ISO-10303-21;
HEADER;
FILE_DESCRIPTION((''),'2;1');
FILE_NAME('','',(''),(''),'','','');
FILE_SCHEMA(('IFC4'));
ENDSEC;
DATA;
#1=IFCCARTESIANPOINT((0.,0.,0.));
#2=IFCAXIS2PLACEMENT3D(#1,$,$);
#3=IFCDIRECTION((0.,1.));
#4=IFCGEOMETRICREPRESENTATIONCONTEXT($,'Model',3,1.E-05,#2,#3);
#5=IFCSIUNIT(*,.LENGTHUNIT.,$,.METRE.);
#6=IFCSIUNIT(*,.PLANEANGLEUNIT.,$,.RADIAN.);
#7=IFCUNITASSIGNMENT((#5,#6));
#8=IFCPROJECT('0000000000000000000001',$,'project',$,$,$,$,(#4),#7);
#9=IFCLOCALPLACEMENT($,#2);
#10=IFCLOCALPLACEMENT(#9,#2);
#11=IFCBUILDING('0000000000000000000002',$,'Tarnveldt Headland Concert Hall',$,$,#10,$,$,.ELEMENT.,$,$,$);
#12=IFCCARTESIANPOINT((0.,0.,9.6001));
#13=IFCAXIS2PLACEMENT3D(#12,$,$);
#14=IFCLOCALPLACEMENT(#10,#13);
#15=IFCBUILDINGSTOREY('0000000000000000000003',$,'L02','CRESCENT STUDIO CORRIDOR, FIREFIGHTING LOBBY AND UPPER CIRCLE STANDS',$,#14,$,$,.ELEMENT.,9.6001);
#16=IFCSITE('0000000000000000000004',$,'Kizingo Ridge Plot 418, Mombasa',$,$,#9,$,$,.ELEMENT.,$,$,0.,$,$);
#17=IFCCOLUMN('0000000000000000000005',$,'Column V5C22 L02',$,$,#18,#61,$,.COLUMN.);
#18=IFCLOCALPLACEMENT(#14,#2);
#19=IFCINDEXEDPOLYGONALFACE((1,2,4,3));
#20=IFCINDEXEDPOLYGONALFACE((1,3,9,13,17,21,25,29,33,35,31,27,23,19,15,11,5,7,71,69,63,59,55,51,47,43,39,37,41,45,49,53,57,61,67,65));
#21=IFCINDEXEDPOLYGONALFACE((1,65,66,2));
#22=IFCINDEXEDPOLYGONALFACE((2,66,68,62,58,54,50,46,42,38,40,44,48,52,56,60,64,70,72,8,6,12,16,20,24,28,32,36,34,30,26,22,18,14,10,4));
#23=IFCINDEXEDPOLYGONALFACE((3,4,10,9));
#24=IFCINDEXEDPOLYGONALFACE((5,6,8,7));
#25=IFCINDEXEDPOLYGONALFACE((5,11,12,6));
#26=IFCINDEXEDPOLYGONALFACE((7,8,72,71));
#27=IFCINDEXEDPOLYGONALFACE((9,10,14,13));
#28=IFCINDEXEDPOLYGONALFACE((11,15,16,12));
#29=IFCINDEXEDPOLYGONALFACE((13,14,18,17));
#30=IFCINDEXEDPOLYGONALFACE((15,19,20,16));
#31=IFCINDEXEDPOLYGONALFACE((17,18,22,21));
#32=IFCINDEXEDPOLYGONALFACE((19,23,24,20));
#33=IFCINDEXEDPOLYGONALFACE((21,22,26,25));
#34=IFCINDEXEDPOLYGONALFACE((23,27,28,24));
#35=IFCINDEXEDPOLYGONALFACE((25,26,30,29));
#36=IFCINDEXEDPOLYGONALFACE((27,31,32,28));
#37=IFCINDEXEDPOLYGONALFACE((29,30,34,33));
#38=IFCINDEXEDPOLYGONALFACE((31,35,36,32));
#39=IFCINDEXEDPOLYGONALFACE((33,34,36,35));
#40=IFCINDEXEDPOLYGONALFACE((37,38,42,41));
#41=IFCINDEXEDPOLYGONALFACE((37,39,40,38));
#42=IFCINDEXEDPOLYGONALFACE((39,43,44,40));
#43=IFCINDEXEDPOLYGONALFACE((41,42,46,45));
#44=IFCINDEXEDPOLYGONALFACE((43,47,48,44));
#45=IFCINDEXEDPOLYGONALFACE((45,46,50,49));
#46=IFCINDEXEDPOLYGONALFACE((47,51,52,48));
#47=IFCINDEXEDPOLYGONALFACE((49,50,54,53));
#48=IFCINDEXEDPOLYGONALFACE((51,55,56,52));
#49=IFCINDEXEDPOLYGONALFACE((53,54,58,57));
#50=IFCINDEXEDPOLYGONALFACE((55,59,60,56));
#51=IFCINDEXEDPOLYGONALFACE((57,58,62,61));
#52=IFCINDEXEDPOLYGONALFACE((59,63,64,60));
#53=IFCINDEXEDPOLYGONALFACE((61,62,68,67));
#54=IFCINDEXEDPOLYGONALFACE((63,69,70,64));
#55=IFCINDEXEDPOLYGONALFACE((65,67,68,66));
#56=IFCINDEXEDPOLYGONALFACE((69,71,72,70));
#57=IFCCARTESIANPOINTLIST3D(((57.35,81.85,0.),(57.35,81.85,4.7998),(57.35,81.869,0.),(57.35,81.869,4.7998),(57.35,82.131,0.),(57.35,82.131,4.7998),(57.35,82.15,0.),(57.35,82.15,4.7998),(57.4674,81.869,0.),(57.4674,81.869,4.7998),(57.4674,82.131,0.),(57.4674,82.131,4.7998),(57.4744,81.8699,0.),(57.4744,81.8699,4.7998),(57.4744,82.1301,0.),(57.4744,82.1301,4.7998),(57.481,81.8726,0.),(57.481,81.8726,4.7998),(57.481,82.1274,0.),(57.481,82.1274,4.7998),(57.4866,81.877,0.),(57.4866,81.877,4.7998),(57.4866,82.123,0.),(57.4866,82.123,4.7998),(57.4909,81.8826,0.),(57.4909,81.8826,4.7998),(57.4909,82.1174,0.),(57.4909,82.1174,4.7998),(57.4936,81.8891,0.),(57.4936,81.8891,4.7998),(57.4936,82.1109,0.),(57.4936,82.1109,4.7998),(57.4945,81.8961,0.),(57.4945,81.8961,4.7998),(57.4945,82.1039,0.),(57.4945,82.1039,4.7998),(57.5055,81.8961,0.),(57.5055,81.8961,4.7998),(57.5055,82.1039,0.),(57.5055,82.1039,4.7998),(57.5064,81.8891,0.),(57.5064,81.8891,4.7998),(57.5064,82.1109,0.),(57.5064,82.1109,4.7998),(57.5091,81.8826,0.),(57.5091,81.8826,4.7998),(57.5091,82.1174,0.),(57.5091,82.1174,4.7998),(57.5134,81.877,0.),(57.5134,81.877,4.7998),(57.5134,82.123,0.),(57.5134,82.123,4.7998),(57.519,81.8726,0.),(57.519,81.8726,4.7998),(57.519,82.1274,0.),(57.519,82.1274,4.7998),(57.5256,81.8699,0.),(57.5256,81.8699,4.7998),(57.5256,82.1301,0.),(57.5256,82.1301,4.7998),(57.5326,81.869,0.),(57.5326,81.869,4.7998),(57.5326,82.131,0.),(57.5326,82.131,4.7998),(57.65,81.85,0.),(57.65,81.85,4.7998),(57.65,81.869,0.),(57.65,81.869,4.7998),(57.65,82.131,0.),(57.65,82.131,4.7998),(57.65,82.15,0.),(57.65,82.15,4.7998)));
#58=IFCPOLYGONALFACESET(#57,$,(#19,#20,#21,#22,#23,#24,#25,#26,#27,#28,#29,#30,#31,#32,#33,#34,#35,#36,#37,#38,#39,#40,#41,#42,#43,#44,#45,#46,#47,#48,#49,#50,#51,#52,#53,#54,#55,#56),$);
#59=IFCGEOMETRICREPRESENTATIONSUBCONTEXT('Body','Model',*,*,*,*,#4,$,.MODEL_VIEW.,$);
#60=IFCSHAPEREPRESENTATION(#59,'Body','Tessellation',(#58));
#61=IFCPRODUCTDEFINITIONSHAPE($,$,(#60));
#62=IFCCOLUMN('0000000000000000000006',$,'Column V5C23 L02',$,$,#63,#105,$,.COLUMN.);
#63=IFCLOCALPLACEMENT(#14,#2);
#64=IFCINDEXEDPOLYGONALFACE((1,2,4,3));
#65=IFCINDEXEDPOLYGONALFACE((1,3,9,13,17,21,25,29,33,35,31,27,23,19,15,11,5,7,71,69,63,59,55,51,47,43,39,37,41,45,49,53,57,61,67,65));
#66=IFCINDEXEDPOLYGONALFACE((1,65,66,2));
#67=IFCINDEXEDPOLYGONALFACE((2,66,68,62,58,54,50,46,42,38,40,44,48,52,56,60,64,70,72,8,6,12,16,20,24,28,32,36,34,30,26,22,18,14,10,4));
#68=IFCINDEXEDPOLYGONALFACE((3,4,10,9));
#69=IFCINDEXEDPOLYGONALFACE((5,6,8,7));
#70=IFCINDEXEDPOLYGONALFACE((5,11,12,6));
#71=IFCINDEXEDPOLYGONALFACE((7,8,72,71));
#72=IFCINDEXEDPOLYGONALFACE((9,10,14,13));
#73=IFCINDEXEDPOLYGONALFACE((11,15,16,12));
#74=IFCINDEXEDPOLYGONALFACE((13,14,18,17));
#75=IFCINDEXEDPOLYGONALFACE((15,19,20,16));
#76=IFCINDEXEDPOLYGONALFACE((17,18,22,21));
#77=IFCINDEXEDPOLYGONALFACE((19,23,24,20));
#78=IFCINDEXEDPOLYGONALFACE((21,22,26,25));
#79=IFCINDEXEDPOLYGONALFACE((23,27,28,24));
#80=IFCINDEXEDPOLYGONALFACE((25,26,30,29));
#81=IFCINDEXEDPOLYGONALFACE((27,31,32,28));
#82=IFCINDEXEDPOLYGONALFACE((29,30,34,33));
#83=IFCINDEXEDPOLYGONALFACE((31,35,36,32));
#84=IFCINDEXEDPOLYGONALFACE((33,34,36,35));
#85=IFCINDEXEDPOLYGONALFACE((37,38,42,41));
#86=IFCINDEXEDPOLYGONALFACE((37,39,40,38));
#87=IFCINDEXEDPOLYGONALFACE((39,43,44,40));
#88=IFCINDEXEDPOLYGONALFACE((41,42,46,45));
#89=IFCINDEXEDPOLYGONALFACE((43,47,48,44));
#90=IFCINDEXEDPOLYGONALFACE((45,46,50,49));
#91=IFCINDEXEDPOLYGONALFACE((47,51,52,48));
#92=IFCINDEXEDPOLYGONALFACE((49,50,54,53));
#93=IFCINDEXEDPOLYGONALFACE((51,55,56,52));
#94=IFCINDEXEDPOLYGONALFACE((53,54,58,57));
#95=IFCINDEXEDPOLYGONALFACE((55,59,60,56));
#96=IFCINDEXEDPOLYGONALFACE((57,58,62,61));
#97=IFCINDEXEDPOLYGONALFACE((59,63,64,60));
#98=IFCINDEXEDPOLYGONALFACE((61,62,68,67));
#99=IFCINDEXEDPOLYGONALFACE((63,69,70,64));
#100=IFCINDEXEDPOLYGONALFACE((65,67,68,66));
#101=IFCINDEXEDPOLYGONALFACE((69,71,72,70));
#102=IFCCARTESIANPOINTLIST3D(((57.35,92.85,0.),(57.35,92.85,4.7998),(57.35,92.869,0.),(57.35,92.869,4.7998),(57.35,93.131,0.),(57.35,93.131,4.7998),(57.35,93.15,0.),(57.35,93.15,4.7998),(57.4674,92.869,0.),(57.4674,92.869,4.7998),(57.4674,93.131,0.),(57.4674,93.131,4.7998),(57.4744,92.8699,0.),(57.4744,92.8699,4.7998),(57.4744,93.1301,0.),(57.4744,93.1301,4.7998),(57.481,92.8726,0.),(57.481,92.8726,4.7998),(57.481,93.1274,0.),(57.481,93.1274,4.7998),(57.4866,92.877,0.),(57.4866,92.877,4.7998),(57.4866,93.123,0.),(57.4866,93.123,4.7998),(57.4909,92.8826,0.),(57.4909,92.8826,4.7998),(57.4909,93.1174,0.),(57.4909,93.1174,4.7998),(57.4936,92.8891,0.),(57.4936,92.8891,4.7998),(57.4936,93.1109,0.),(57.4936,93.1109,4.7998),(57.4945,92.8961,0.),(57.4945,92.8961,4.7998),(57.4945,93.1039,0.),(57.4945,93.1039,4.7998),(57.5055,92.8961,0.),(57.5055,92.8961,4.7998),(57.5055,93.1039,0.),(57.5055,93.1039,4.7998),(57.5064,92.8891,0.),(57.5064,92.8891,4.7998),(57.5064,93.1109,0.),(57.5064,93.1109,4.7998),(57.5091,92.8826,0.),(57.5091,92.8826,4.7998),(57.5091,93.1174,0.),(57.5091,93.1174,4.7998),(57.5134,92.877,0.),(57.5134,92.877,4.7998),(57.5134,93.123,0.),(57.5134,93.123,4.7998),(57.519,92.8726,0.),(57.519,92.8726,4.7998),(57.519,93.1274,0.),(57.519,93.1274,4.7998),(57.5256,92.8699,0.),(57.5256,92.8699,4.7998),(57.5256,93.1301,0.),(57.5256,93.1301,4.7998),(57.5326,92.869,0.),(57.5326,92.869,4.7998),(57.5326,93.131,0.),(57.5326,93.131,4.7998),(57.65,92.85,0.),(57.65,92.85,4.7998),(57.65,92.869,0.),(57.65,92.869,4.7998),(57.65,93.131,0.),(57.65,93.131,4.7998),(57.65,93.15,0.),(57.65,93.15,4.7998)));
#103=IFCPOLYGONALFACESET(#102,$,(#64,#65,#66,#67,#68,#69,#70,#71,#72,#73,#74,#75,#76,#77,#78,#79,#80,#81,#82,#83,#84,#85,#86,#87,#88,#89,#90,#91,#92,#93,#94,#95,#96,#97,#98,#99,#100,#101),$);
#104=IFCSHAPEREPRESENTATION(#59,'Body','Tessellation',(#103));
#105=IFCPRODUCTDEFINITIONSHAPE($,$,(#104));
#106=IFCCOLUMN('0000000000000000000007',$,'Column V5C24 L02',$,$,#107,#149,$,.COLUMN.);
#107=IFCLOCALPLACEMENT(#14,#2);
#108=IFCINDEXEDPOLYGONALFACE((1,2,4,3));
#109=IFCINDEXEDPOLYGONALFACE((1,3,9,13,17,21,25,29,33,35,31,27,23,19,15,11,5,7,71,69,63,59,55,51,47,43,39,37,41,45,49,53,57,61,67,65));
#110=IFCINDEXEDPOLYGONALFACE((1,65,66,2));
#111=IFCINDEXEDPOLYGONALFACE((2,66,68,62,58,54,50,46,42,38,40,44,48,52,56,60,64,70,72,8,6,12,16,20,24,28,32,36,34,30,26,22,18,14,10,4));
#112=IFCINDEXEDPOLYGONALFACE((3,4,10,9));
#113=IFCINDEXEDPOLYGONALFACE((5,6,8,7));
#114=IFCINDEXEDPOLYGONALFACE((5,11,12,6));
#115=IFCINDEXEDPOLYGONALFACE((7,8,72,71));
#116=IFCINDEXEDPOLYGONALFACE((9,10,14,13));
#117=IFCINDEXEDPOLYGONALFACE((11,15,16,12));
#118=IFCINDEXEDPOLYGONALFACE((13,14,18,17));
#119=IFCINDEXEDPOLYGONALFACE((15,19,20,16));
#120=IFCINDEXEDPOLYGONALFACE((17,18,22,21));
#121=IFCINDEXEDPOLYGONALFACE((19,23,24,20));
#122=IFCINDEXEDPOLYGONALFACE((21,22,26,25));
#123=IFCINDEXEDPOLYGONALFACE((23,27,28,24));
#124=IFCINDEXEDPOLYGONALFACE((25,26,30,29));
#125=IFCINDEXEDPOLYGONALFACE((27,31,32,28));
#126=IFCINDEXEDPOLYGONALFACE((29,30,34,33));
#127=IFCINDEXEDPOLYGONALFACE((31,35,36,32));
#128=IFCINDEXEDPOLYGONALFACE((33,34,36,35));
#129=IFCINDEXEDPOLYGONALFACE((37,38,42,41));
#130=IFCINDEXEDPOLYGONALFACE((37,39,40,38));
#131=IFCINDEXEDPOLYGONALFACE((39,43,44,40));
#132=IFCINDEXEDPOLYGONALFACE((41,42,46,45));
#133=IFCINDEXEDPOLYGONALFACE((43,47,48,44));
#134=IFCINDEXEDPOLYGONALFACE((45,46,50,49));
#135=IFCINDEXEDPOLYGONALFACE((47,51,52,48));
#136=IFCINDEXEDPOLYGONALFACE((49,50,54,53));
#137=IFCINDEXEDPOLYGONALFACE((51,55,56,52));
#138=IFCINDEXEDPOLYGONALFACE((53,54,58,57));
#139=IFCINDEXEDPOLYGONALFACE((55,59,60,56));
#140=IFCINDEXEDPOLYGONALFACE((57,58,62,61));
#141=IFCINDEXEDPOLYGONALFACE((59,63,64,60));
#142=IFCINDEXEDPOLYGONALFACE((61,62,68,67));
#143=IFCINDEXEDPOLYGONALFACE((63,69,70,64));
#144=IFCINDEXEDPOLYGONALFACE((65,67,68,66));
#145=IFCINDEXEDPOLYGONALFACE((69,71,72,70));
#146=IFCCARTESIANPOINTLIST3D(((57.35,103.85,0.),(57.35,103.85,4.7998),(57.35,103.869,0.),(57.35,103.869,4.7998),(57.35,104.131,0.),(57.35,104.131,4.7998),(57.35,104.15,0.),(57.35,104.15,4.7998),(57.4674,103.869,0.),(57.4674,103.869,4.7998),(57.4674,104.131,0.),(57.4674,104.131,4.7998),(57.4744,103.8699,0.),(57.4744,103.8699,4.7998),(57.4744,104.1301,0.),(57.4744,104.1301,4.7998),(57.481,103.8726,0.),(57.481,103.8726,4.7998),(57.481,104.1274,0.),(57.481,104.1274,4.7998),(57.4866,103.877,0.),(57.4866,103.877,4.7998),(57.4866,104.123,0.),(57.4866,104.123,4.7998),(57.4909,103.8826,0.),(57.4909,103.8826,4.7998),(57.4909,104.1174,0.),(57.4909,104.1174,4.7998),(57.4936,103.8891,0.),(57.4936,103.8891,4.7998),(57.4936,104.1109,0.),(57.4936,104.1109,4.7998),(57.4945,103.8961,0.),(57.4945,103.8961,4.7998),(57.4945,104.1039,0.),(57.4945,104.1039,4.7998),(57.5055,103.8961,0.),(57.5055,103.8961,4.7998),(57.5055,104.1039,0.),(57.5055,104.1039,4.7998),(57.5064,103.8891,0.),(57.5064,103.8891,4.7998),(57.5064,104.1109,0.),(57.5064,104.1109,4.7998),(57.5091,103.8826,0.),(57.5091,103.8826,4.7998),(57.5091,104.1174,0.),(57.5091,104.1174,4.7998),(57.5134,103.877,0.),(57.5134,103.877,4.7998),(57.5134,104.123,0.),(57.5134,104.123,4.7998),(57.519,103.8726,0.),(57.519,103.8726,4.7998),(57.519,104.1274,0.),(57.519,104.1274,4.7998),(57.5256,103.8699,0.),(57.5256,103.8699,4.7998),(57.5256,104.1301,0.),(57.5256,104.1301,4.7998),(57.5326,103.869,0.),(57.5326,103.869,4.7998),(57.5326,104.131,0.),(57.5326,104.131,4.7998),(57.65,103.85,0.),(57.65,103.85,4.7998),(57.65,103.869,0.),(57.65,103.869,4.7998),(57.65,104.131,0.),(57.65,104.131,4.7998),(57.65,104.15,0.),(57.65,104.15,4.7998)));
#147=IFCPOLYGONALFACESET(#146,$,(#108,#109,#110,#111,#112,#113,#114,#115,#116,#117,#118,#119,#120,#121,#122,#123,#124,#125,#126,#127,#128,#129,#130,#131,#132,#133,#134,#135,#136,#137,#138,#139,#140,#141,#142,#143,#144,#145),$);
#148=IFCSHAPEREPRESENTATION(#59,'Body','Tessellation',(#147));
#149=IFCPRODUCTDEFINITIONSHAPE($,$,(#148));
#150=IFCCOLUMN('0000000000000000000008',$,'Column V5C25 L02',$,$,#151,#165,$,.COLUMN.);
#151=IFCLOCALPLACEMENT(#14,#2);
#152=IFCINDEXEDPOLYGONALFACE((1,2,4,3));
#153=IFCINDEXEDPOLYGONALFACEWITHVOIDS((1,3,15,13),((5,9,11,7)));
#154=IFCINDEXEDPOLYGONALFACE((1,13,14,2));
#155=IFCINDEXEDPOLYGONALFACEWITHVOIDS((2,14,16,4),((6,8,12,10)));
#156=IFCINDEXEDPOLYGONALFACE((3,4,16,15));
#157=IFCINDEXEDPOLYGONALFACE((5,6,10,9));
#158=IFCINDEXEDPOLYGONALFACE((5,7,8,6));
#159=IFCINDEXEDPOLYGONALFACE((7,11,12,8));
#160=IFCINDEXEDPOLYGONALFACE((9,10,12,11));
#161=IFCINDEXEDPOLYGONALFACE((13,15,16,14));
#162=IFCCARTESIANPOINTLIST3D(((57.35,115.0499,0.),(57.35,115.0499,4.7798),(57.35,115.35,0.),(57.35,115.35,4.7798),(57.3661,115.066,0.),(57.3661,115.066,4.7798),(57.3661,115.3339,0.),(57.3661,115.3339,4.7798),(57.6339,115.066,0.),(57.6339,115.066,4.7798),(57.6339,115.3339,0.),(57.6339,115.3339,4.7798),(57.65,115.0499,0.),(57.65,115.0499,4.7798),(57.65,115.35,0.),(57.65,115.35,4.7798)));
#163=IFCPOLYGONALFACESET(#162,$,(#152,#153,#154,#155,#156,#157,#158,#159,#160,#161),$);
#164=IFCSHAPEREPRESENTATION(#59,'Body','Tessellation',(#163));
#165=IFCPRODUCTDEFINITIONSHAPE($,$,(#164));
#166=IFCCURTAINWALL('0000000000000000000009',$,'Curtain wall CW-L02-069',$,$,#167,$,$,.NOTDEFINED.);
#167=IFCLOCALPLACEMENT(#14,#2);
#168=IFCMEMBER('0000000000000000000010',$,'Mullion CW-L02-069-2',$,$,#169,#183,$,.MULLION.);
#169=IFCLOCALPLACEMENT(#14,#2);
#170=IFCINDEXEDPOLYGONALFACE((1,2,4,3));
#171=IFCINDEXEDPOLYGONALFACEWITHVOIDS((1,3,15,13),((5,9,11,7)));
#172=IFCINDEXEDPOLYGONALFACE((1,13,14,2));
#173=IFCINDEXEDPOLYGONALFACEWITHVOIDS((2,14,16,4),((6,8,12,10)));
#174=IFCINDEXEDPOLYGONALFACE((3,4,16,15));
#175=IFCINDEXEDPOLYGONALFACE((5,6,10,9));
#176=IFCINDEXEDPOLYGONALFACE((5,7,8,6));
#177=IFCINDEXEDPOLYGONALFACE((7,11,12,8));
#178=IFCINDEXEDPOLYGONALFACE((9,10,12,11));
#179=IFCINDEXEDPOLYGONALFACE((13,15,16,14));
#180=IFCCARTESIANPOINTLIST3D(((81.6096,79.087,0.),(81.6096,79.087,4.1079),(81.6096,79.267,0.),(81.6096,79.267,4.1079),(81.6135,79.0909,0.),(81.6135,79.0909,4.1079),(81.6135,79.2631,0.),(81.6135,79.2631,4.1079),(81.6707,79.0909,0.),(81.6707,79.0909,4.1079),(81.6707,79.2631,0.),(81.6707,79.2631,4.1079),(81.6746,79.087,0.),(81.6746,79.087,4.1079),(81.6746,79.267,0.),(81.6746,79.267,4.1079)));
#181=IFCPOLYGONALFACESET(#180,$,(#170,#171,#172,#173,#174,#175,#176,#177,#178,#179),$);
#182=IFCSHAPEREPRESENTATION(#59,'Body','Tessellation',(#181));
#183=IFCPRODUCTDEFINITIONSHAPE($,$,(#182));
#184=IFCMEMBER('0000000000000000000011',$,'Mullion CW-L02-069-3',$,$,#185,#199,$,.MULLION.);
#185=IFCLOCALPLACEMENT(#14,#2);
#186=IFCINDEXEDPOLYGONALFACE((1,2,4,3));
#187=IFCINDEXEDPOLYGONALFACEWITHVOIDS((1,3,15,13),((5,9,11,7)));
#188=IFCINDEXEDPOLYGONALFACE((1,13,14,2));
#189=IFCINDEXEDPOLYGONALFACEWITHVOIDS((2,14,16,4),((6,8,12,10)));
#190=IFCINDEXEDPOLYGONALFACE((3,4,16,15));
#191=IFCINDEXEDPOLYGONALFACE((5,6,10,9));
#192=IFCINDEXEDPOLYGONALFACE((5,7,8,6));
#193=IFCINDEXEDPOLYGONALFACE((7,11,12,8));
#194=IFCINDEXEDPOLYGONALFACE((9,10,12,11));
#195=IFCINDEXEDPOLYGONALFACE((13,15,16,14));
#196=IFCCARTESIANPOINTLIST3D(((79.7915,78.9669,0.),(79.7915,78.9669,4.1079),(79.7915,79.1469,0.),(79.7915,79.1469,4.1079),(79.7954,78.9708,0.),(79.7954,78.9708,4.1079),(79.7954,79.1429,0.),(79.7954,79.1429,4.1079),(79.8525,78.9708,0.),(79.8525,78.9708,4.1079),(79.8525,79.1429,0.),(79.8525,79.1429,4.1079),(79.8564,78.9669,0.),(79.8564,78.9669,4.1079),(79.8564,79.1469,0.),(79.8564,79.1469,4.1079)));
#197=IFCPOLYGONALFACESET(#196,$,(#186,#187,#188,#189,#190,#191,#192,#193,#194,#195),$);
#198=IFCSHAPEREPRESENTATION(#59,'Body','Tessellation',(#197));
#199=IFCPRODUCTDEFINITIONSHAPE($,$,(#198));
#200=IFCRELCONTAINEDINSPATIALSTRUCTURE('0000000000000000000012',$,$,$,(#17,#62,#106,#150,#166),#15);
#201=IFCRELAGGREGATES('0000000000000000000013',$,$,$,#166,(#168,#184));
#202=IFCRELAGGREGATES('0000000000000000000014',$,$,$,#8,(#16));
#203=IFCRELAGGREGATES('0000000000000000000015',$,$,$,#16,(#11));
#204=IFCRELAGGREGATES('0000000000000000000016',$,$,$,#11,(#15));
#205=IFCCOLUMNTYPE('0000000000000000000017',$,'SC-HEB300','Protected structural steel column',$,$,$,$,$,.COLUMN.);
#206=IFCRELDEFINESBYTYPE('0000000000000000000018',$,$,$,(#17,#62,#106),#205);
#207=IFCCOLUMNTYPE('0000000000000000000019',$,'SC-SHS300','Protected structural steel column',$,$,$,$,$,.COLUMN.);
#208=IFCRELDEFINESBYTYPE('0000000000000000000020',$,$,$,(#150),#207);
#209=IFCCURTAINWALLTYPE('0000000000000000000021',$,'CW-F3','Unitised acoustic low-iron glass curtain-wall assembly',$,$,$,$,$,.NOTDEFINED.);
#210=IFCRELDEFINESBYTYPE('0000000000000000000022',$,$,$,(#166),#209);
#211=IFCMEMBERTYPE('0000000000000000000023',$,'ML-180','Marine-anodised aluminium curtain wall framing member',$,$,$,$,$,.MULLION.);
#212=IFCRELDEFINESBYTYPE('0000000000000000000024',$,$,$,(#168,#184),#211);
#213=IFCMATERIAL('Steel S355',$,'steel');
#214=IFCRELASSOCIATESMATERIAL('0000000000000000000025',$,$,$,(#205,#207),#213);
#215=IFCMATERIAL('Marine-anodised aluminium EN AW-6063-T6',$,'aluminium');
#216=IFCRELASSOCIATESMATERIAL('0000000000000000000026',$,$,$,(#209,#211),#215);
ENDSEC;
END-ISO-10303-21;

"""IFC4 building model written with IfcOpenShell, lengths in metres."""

from ifc_helpers import new_model, si_unit, direction, frame, origin, origin_2d, place, context, subcontext, project, spatial, hollow_rectangle, i_section, extrude, material, material_profile, profile_set, type_object, element, aggregate, save


model = new_model("IFC4")

# Units and contexts
model_context = context("Model", 3, precision=1e-05, world=origin(), true_north=direction((0.0, 1.0)))
body_context = subcontext(model_context, "Body", "Model", "MODEL_VIEW")
ifc_project = project(units=[si_unit("LENGTHUNIT", "METRE"), si_unit("PLANEANGLEUNIT", "RADIAN")], contexts=[model_context])

# Site, building, storey
site_placement = place(None, origin())
site = spatial("IfcSite", under=ifc_project, at=site_placement, Name="Kizingo Ridge Plot 418, Mombasa", CompositionType="ELEMENT", RefElevation=0.0)
building_placement = place(site_placement, origin())
building = spatial("IfcBuilding", under=site, at=building_placement, Name="Tarnveldt Headland Concert Hall", CompositionType="ELEMENT")
storey_placement = place(building_placement, frame((0.0, 0.0, 9.6001)))
storey = spatial("IfcBuildingStorey", under=building, at=storey_placement, Name="L02", Description="CRESCENT STUDIO CORRIDOR, FIREFIGHTING LOBBY AND UPPER CIRCLE STANDS", CompositionType="ELEMENT", Elevation=9.6001)

# Columns
ifc_material_1 = material(Name="Steel S355", Category="steel")
ifc_material_profile_1 = material_profile(ifc_material_1, i_section(OverallWidth=0.3, OverallDepth=0.3, WebThickness=0.011, FlangeThickness=0.019, FilletRadius=0.0271, at=origin_2d()), Name="HEB300", Category="steel")
ifc_profile_set_1 = profile_set([ifc_material_profile_1], Name="Steel S355")
column_type_1 = type_object("IfcColumnType", Name="SC-HEB300", Description="Protected structural steel column", PredefinedType="COLUMN", material=ifc_profile_set_1)
for number, where, z_axis, x_axis, name in (
    (1, (57.5, 82.0, 0.0), (0.0, 0.0, 1.0), (1.0, 0.0, 0.0), "Column V5C22 L02"),
    (2, (57.5, 93.0, 0.0), (0.0, 0.0, 1.0), (1.0, 0.0, 0.0), "Column V5C23 L02"),
    (3, (57.5, 104.0, 0.0), (0.0, 0.0, 1.0), (1.0, 0.0, 0.0), "Column V5C24 L02"),
):
    element("IfcColumn", number, at=place(storey_placement, frame(where, z_axis=z_axis, x_axis=x_axis)), inside=storey, type_object=column_type_1, Name=name, PredefinedType="COLUMN", context=body_context, shape_type="SweptSolid", body=[
        extrude(i_section(OverallWidth=0.3, OverallDepth=0.3, WebThickness=0.011, FlangeThickness=0.019, FilletRadius=0.0271, at=origin_2d()), origin(), (0.0, 0.0, 1.0), 4.7998),
    ])
ifc_material_profile_2 = material_profile(ifc_material_1, hollow_rectangle(XDim=0.3, YDim=0.3, WallThickness=0.0161, at=origin_2d()), Name="SHS 300x300x16", Category="steel")
ifc_profile_set_2 = profile_set([ifc_material_profile_2], Name="Steel S355")
column_type_2 = type_object("IfcColumnType", Name="SC-SHS300", Description="Protected structural steel column", PredefinedType="COLUMN", material=ifc_profile_set_2)
column_placement = place(storey_placement, frame((57.5, 115.2, 0.0), z_axis=(0.0, 0.0, 1.0), x_axis=(1.0, 0.0, 0.0)))
element("IfcColumn", 4, at=column_placement, inside=storey, type_object=column_type_2, Name="Column V5C25 L02", PredefinedType="COLUMN", context=body_context, shape_type="SweptSolid", body=[
    extrude(hollow_rectangle(XDim=0.3, YDim=0.3, WallThickness=0.0161, at=origin_2d()), origin(), (0.0, 0.0, 1.0), 4.7798),
])

# Curtain wall, members
ifc_material_2 = material(Name="Marine-anodised aluminium EN AW-6063-T6", Category="aluminium")
curtain_wall_type = type_object("IfcCurtainWallType", Name="CW-F3", Description="Unitised acoustic low-iron glass curtain-wall assembly", PredefinedType="NOTDEFINED", material=ifc_material_2)
curtain_wall_placement = place(storey_placement, origin())
curtain_wall = element("IfcCurtainWall", 5, at=curtain_wall_placement, inside=storey, type_object=curtain_wall_type, Name="Curtain wall CW-L02-069", PredefinedType="NOTDEFINED")
ifc_material_profile_3 = material_profile(ifc_material_2, hollow_rectangle(XDim=0.0649, YDim=0.1799, WallThickness=0.0039, at=origin_2d()), Name="ALU MULLION 65x180x4", Category="aluminium")
ifc_profile_set_3 = profile_set([ifc_material_profile_3], Name="Marine-anodised aluminium EN AW-6063-T6")
member_type_1 = type_object("IfcMemberType", Name="ML-180", Description="Marine-anodised aluminium curtain wall framing member", PredefinedType="MULLION", material=ifc_profile_set_3)
member_1_placement = place(storey_placement, frame((81.6421, 79.177, 0.0), z_axis=(0.0, 0.0, 1.0), x_axis=(1.0, 0.0, 0.0)))
member_1 = element("IfcMember", 6, at=member_1_placement, type_object=member_type_1, Name="Mullion CW-L02-069-2", PredefinedType="MULLION", context=body_context, shape_type="SweptSolid", body=[
    extrude(hollow_rectangle(XDim=0.0649, YDim=0.1799, WallThickness=0.0039, at=origin_2d()), origin(), (0.0, 0.0, 1.0), 4.1079),
])
member_2_placement = place(storey_placement, frame((79.824, 79.0569, 0.0), z_axis=(0.0, 0.0, 1.0), x_axis=(1.0, 0.0, 0.0)))
member_2 = element("IfcMember", 7, at=member_2_placement, type_object=member_type_1, Name="Mullion CW-L02-069-3", PredefinedType="MULLION", context=body_context, shape_type="SweptSolid", body=[
    extrude(hollow_rectangle(XDim=0.0649, YDim=0.1799, WallThickness=0.0039, at=origin_2d()), origin(), (0.0, 0.0, 1.0), 4.1079),
])

aggregate(curtain_wall, [member_1, member_2])

save(model, "model.ifc")
